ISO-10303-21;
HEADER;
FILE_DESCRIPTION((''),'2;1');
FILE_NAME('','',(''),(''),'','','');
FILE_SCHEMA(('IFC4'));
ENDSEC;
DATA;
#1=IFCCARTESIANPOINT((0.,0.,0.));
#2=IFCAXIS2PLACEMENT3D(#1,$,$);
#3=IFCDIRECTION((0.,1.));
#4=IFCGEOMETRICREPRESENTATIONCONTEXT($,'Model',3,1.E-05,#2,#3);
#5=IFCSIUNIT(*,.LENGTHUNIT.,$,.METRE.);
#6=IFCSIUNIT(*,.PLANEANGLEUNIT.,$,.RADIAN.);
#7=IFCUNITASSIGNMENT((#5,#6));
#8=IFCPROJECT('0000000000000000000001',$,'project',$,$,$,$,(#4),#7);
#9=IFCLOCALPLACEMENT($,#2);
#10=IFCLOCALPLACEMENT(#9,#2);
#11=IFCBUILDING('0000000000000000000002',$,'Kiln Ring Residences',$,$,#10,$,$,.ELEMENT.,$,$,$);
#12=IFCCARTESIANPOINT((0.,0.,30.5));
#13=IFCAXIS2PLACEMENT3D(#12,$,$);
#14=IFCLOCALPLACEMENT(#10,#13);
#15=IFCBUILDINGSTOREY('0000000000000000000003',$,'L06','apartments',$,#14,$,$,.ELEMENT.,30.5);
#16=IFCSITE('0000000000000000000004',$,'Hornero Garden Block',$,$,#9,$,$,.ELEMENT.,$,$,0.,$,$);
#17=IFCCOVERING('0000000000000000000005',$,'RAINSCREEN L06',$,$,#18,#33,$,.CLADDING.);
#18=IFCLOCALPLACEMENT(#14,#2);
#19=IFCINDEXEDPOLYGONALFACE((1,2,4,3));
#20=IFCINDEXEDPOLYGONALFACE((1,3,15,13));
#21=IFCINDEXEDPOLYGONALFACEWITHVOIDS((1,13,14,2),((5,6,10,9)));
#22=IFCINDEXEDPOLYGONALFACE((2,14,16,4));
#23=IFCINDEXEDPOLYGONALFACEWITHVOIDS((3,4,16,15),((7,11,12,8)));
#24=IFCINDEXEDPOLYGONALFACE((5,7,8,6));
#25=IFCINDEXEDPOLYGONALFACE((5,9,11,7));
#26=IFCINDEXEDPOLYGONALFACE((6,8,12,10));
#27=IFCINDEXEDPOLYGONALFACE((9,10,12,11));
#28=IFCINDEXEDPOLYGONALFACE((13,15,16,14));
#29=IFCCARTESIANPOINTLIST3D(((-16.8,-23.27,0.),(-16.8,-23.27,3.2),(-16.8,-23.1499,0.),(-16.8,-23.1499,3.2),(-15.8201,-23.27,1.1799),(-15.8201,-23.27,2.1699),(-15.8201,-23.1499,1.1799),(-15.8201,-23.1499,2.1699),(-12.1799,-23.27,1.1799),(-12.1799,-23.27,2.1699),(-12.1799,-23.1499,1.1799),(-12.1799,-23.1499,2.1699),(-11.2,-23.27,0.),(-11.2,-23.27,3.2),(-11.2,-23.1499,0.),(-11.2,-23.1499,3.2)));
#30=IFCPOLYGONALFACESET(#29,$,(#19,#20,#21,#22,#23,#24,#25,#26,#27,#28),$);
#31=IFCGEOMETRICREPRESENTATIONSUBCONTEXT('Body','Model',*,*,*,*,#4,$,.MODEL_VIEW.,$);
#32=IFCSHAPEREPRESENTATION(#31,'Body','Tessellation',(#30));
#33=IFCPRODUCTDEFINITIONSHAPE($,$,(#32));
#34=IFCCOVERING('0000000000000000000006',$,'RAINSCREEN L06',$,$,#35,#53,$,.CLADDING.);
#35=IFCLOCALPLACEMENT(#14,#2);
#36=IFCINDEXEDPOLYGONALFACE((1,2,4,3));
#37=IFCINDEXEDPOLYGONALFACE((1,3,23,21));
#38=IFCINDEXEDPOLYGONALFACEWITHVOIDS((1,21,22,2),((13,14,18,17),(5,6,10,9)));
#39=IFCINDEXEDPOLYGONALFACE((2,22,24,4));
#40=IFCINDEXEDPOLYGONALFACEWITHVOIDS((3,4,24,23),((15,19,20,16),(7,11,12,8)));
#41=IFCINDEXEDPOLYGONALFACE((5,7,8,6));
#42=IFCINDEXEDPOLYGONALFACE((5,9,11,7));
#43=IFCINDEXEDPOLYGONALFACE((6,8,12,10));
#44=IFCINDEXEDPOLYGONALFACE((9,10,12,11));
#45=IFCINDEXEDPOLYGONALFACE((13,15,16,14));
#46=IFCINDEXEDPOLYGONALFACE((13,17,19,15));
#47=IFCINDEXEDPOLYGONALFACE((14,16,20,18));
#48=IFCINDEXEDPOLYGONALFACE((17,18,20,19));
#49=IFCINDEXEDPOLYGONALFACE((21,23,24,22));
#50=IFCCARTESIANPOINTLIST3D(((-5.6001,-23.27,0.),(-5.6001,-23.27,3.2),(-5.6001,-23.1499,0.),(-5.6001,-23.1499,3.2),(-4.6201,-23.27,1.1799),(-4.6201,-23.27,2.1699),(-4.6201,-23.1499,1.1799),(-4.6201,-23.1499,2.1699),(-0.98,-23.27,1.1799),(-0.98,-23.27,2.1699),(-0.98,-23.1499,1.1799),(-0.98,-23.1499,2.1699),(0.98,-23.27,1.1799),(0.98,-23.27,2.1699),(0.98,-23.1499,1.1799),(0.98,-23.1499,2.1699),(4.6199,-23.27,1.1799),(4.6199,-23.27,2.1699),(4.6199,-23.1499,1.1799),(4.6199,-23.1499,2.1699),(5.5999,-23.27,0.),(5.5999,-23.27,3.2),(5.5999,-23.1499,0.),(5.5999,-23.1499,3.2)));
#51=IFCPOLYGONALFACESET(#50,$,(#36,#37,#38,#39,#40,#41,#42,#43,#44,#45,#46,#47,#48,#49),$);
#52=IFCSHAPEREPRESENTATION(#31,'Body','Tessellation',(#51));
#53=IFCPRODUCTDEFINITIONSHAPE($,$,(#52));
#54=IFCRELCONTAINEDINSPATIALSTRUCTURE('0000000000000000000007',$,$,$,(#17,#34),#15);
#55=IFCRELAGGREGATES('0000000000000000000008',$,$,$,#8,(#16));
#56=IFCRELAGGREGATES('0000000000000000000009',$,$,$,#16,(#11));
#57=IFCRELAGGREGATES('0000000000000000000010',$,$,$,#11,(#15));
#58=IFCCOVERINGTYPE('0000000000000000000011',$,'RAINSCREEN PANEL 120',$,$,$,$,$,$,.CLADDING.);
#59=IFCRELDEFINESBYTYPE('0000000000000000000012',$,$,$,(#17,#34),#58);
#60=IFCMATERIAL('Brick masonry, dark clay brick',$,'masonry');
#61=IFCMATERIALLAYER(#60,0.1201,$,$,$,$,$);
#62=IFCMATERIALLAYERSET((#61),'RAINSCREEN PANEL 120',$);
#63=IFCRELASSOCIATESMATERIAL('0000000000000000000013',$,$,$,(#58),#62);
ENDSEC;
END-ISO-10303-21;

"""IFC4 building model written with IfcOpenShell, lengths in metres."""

from ifc_helpers import new_model, si_unit, direction, frame, origin, place, context, subcontext, project, spatial, polyline, outline, extrude, material, layer, layer_set, type_object, element, save


model = new_model("IFC4")

# Units and contexts
model_context = context("Model", 3, precision=1e-05, world=origin(), true_north=direction((0.0, 1.0)))
body_context = subcontext(model_context, "Body", "Model", "MODEL_VIEW")
ifc_project = project(units=[si_unit("LENGTHUNIT", "METRE"), si_unit("PLANEANGLEUNIT", "RADIAN")], contexts=[model_context])

# Site, building, storey
site_placement = place(None, origin())
site = spatial("IfcSite", under=ifc_project, at=site_placement, Name="Hornero Garden Block", CompositionType="ELEMENT", RefElevation=0.0)
building_placement = place(site_placement, origin())
building = spatial("IfcBuilding", under=site, at=building_placement, Name="Kiln Ring Residences", CompositionType="ELEMENT")
storey_placement = place(building_placement, frame((0.0, 0.0, 30.5)))
storey = spatial("IfcBuildingStorey", under=building, at=storey_placement, Name="L06", Description="apartments", CompositionType="ELEMENT", Elevation=30.5)

# Coverings
ifc_material_1 = material(Name="Brick masonry, dark clay brick", Category="masonry")
ifc_layer_1 = layer(ifc_material_1, 0.1201)
ifc_layer_set_1 = layer_set([ifc_layer_1], Name="RAINSCREEN PANEL 120")
covering_type_1 = type_object("IfcCoveringType", Name="RAINSCREEN PANEL 120", PredefinedType="CLADDING", material=ifc_layer_set_1)
covering_1_placement = place(storey_placement, frame((-16.8, -23.21, 0.0), z_axis=(0.0, 0.0, 1.0), x_axis=(1.0, 0.0, 0.0)))
element("IfcCovering", 1, at=covering_1_placement, inside=storey, type_object=covering_type_1, Name="RAINSCREEN L06", PredefinedType="CLADDING", context=body_context, shape_type="SweptSolid", body=[
    extrude(outline(polyline([(0.0, 0.0), (5.6001, 0.0), (5.6001, 3.2), (0.0, 3.2), (0.0, 0.0)]), holes=[polyline([(0.98, 2.1699), (0.98, 1.1799), (4.6201, 1.1799), (4.6201, 2.1699), (0.98, 2.1699)])]), frame((0.0, 0.0601, 0.0), z_axis=(0.0, -1.0, 0.0), x_axis=(1.0, 0.0, 0.0)), (0.0, 0.0, 1.0), 0.1201),
])
covering_2_placement = place(storey_placement, frame((-5.6001, -23.21, 0.0), z_axis=(0.0, 0.0, 1.0), x_axis=(1.0, 0.0, 0.0)))
element("IfcCovering", 2, at=covering_2_placement, inside=storey, type_object=covering_type_1, Name="RAINSCREEN L06", PredefinedType="CLADDING", context=body_context, shape_type="SweptSolid", body=[
    extrude(outline(polyline([(0.0, 0.0), (11.2, 0.0), (11.2, 3.2), (0.0, 3.2), (0.0, 0.0)]), holes=[polyline([(4.6201, 2.1699), (0.98, 2.1699), (0.98, 1.1799), (4.6201, 1.1799), (4.6201, 2.1699)]), polyline([(10.22, 2.1699), (6.5801, 2.1699), (6.5801, 1.1799), (10.22, 1.1799), (10.22, 2.1699)])]), frame((0.0, 0.0601, 0.0), z_axis=(0.0, -1.0, 0.0), x_axis=(1.0, 0.0, 0.0)), (0.0, 0.0, 1.0), 0.1201),
])

save(model, "model.ifc")
